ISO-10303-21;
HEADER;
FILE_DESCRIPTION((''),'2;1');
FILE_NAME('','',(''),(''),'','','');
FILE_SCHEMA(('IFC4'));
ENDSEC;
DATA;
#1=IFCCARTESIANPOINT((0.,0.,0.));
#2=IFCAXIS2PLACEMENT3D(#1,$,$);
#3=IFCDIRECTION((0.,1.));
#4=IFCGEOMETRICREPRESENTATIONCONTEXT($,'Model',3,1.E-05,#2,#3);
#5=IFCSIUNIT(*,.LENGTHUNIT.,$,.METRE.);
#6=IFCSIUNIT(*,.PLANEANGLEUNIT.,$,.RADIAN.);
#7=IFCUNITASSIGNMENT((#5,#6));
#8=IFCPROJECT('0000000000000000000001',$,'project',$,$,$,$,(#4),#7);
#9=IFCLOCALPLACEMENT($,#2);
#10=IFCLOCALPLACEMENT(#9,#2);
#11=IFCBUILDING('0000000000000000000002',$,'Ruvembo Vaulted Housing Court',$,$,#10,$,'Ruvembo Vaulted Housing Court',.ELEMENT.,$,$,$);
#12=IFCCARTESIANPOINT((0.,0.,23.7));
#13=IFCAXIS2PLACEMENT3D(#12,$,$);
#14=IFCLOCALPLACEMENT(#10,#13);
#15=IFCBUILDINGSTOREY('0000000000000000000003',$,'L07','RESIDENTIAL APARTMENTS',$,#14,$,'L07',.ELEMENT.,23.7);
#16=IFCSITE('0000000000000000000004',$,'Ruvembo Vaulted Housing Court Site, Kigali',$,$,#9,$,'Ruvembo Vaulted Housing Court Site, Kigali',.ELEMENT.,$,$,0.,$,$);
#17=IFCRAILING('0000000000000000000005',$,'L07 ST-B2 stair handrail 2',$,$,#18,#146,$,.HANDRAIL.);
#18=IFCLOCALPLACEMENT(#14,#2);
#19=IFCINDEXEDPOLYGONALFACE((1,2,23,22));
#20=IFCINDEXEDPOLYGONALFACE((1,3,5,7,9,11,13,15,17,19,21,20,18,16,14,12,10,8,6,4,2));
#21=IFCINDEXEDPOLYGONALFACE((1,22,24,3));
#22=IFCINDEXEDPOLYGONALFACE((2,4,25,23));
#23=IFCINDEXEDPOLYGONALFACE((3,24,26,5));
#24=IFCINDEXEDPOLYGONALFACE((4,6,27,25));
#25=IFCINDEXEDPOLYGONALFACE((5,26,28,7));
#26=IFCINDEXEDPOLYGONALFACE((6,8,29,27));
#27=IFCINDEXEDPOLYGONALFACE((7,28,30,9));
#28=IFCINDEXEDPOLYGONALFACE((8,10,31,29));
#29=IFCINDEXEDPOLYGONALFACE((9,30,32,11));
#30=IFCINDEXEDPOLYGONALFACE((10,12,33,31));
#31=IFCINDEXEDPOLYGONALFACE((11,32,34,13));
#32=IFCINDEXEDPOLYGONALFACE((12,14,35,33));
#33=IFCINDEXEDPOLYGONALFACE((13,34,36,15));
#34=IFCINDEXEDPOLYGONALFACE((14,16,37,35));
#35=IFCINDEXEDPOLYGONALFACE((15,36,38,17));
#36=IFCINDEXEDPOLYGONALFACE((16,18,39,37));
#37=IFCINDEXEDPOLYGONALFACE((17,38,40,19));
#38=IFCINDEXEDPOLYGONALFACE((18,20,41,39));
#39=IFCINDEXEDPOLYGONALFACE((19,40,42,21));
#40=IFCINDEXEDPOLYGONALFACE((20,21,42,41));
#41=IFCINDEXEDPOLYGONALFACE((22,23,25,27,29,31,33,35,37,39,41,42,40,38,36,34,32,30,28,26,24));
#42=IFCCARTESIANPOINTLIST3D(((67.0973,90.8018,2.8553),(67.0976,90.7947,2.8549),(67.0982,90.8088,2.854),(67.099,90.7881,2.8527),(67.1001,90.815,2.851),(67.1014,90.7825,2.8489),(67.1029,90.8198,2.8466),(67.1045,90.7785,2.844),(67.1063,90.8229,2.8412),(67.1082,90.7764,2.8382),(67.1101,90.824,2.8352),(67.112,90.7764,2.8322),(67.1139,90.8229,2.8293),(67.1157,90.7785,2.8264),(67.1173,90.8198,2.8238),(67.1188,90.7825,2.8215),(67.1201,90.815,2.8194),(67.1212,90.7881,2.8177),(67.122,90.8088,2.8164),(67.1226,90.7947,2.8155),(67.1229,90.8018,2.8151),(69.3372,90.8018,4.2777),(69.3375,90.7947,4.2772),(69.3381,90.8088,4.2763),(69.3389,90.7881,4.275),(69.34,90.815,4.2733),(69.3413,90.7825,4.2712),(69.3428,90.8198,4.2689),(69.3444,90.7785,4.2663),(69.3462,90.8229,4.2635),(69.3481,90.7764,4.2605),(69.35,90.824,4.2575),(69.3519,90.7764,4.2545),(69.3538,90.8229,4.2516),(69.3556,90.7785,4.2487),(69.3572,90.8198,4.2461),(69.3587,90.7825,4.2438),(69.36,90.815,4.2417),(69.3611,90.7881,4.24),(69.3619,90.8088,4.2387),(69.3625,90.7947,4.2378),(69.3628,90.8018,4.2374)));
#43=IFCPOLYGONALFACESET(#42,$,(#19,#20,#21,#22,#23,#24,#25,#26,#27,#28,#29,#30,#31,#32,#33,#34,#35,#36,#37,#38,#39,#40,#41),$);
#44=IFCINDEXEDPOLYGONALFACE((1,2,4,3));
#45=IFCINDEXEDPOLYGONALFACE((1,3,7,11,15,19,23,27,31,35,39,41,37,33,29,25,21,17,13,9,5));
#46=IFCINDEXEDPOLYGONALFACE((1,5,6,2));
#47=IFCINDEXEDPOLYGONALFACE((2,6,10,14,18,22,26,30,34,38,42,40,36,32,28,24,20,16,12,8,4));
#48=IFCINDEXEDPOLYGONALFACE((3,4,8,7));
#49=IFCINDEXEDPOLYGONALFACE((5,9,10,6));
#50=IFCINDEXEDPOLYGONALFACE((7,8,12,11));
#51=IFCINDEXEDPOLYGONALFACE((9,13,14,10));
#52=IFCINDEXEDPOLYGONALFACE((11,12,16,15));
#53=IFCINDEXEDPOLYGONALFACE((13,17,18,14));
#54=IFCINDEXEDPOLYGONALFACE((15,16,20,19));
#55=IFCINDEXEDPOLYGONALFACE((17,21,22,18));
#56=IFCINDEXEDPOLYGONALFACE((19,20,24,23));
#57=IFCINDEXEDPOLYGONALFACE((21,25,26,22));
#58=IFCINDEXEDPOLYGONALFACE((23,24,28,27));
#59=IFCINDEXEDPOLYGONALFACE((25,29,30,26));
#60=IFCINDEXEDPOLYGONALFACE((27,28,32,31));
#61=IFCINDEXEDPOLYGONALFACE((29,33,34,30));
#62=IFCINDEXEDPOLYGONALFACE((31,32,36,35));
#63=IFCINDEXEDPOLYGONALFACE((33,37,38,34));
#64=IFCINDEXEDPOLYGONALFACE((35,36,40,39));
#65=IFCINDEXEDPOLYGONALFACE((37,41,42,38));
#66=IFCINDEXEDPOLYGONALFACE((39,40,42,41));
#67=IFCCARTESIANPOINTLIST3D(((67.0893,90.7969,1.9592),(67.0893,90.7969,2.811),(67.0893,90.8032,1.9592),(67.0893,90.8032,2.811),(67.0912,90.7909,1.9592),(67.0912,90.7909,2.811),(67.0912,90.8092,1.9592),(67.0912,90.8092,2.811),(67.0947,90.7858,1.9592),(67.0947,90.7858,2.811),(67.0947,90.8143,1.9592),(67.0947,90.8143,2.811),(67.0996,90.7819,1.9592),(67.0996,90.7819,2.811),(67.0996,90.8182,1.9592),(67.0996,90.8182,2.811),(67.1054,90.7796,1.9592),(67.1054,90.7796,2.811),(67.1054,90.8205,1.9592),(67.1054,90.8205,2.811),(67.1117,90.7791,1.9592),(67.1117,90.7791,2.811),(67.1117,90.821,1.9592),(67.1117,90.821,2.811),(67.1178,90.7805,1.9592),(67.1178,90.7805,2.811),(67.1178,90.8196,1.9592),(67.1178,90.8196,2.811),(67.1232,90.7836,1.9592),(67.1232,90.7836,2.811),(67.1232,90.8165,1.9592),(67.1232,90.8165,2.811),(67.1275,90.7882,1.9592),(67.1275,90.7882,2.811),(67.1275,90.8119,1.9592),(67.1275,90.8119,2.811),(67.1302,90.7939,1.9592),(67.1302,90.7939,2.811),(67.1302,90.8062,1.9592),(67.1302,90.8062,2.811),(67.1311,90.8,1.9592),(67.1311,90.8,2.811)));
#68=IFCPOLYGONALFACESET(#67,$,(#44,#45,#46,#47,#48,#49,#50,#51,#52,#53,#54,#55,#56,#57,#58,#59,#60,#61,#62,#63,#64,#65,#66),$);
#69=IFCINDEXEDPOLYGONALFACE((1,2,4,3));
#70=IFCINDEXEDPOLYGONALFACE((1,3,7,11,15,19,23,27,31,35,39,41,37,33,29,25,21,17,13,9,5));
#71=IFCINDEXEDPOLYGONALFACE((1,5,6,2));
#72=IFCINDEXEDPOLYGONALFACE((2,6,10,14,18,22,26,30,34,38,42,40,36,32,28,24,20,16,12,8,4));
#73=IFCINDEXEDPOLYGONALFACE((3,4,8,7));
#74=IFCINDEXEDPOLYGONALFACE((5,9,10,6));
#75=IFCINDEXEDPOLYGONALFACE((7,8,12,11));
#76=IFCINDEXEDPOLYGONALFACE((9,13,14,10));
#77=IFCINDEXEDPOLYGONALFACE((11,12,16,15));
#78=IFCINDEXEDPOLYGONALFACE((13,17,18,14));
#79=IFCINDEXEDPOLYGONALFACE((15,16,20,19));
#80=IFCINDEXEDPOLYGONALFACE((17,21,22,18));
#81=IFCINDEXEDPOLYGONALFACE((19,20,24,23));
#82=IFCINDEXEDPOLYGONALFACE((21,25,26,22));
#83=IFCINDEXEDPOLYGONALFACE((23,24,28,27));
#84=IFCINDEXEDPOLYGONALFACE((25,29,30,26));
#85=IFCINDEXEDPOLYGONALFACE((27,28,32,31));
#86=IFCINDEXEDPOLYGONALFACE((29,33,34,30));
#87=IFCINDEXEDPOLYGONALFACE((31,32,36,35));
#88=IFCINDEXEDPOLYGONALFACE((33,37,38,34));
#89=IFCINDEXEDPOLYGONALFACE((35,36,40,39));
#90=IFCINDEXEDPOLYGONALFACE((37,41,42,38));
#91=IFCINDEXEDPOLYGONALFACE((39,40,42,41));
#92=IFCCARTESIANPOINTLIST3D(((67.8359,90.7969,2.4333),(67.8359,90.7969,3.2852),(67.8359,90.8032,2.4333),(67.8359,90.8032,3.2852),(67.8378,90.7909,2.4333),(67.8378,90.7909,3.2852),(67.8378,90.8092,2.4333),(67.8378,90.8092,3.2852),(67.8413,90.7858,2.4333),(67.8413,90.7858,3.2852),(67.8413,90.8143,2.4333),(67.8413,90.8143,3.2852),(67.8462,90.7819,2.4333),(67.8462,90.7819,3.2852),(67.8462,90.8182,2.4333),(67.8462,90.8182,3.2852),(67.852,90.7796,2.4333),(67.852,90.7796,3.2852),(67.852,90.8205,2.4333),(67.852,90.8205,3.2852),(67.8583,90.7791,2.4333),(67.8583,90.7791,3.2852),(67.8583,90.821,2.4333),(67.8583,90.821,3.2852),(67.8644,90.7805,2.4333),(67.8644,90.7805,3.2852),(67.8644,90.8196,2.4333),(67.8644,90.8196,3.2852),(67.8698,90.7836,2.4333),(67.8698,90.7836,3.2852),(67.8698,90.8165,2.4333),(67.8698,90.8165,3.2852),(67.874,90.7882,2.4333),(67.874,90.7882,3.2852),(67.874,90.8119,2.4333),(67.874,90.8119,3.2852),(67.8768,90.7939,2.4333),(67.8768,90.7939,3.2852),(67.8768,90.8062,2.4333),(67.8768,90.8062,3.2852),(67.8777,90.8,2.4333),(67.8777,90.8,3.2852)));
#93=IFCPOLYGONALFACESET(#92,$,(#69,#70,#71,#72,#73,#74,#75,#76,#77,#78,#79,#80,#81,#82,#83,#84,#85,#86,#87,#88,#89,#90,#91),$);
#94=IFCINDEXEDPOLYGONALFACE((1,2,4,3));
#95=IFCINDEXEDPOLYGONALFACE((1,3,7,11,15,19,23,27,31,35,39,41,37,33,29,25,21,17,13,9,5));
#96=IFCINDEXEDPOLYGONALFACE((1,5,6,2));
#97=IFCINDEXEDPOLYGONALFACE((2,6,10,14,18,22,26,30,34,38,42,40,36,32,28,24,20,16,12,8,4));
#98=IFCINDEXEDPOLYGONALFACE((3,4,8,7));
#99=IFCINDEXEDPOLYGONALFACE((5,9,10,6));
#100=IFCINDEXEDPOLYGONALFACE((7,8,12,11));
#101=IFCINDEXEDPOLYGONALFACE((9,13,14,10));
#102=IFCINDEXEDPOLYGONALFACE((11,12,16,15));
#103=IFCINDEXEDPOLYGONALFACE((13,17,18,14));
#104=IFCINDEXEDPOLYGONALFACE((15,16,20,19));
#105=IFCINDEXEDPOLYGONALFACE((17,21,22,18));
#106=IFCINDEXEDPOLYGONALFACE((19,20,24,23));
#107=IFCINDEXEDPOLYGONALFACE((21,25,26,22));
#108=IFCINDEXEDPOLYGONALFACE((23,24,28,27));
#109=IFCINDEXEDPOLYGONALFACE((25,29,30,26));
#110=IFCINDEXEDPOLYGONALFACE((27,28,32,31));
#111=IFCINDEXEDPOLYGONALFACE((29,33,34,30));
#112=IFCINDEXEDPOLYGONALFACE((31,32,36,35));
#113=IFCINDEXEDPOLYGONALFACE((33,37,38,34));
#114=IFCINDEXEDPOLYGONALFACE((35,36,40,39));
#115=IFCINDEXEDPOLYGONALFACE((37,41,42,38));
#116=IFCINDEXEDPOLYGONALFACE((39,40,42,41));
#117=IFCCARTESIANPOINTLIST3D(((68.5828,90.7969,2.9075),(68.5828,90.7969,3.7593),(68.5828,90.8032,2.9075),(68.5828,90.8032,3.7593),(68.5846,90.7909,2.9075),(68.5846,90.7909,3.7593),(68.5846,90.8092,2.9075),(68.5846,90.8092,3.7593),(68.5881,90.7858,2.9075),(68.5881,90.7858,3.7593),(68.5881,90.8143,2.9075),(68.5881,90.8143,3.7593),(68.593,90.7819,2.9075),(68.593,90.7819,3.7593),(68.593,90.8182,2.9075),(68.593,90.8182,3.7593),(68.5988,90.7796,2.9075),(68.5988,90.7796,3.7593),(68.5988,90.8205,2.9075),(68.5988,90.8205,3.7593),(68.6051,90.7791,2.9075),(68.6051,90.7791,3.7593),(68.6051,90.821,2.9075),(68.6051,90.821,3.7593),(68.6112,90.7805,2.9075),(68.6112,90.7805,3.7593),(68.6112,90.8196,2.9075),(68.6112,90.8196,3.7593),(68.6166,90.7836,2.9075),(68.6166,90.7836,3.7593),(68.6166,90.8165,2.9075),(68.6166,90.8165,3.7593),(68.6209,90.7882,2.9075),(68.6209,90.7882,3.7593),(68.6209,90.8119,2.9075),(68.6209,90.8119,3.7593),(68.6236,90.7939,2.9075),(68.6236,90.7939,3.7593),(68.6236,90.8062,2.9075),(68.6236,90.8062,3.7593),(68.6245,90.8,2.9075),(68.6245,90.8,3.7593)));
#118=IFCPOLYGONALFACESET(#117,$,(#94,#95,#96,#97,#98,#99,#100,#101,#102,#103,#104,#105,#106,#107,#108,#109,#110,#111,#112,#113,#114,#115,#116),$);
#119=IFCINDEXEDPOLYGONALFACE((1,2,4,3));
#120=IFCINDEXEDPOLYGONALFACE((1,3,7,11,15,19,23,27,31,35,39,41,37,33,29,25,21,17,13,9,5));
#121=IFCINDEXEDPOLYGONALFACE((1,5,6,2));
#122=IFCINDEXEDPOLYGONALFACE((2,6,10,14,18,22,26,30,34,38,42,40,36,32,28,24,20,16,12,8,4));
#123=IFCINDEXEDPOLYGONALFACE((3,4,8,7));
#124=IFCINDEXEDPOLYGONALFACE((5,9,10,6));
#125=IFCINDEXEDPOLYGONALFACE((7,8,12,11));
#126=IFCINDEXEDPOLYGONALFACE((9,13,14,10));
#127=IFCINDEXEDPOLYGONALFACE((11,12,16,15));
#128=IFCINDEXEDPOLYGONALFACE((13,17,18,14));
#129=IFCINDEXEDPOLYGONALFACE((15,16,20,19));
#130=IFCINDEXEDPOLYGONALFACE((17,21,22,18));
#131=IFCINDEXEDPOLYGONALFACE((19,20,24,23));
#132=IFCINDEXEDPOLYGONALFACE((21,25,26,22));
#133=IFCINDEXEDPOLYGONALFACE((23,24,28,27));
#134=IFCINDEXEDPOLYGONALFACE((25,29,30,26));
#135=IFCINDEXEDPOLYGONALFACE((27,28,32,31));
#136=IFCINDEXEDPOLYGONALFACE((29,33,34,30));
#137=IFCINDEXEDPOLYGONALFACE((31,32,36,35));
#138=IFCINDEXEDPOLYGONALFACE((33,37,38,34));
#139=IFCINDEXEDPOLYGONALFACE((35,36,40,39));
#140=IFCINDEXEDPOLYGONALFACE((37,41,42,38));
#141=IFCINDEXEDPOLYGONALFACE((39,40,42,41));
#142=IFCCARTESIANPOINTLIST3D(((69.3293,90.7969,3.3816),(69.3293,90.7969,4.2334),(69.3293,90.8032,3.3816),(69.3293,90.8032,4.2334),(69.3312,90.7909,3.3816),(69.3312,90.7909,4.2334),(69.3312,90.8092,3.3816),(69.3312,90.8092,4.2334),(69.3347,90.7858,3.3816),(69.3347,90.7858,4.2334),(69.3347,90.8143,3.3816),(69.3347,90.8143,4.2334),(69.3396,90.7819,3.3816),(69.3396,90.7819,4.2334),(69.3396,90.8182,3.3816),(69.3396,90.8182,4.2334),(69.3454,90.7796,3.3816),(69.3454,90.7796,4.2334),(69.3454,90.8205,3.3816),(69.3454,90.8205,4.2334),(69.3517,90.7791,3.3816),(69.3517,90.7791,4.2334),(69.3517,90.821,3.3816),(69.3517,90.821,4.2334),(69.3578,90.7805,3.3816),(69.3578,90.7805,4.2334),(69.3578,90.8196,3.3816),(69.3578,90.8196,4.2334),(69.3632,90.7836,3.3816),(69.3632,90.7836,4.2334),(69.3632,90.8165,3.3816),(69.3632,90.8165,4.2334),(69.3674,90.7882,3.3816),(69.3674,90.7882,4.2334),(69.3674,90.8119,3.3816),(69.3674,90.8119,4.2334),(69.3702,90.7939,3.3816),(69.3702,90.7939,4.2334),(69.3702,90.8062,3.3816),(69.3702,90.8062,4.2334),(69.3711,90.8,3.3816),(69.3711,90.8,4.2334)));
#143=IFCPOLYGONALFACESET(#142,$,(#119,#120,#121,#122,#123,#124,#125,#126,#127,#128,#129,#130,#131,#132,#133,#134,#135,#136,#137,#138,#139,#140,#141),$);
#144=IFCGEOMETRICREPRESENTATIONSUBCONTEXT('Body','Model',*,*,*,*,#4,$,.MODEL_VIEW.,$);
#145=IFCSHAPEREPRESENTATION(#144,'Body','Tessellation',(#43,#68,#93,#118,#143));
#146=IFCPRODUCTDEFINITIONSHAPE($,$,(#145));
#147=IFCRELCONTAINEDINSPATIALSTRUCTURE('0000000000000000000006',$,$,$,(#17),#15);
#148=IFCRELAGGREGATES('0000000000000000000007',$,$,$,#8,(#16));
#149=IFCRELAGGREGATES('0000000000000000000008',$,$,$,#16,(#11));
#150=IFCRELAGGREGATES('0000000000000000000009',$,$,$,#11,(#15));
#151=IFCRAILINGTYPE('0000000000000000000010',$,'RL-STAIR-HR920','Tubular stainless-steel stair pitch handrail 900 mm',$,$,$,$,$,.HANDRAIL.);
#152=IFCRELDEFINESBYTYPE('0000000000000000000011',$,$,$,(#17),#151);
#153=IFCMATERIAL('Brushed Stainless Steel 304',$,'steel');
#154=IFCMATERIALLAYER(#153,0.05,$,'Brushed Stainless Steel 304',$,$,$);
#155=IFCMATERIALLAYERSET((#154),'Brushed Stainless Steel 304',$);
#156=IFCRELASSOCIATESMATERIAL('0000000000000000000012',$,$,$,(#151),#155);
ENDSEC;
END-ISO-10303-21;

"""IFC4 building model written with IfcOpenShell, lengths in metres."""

from ifc_helpers import new_model, si_unit, direction, frame, origin, origin_2d, place, context, subcontext, project, spatial, circle, extrude, material, layer, layer_set, type_object, element, save


model = new_model("IFC4")

# Units and contexts
model_context = context("Model", 3, precision=1e-05, world=origin(), true_north=direction((0.0, 1.0)))
body_context = subcontext(model_context, "Body", "Model", "MODEL_VIEW")
ifc_project = project(units=[si_unit("LENGTHUNIT", "METRE"), si_unit("PLANEANGLEUNIT", "RADIAN")], contexts=[model_context])

# Site, building, storey
site_placement = place(None, origin())
site = spatial("IfcSite", under=ifc_project, at=site_placement, Name="Ruvembo Vaulted Housing Court Site, Kigali", LongName="Ruvembo Vaulted Housing Court Site, Kigali", CompositionType="ELEMENT", RefElevation=0.0)
building_placement = place(site_placement, origin())
building = spatial("IfcBuilding", under=site, at=building_placement, Name="Ruvembo Vaulted Housing Court", LongName="Ruvembo Vaulted Housing Court", CompositionType="ELEMENT")
storey_placement = place(building_placement, frame((0.0, 0.0, 23.7)))
storey = spatial("IfcBuildingStorey", under=building, at=storey_placement, Name="L07", Description="RESIDENTIAL APARTMENTS", LongName="L07", CompositionType="ELEMENT", Elevation=23.7)

# Shared definitions
ifc_material_1 = material(Name="Brushed Stainless Steel 304", Category="steel")

# Railing
ifc_layer_1 = layer(ifc_material_1, 0.05, Name="Brushed Stainless Steel 304")
ifc_layer_set_1 = layer_set([ifc_layer_1], Name="Brushed Stainless Steel 304")
railing_type_1 = type_object("IfcRailingType", Name="RL-STAIR-HR920", Description="Tubular stainless-steel stair pitch handrail 900 mm", PredefinedType="HANDRAIL", material=ifc_layer_set_1)
railing_1_placement = place(storey_placement, frame((67.1101, 90.8, 1.9592)))
element("IfcRailing", 1, at=railing_1_placement, inside=storey, type_object=railing_type_1, Name="L07 ST-B2 stair handrail 2", PredefinedType="HANDRAIL", context=body_context, shape_type="SweptSolid", body=[
    extrude(circle(Radius=0.0239, at=origin_2d()), frame((0.0, 0.0, 0.876), z_axis=(0.844188, 0.0, 0.536048), x_axis=(0.0, 1.0, 0.0)), (0.0, 0.0, 1.0), 2.6533),
    extrude(circle(Radius=0.021, at=origin_2d()), origin(), (0.0, 0.0, 1.0), 0.8518),
    extrude(circle(Radius=0.021, at=origin_2d()), frame((0.7466, 0.0, 0.4741)), (0.0, 0.0, 1.0), 0.8518),
    extrude(circle(Radius=0.021, at=origin_2d()), frame((1.4934, 0.0, 0.9482)), (0.0, 0.0, 1.0), 0.8518),
    extrude(circle(Radius=0.021, at=origin_2d()), frame((2.24, 0.0, 1.4224)), (0.0, 0.0, 1.0), 0.8518),
])

save(model, "model.ifc")
